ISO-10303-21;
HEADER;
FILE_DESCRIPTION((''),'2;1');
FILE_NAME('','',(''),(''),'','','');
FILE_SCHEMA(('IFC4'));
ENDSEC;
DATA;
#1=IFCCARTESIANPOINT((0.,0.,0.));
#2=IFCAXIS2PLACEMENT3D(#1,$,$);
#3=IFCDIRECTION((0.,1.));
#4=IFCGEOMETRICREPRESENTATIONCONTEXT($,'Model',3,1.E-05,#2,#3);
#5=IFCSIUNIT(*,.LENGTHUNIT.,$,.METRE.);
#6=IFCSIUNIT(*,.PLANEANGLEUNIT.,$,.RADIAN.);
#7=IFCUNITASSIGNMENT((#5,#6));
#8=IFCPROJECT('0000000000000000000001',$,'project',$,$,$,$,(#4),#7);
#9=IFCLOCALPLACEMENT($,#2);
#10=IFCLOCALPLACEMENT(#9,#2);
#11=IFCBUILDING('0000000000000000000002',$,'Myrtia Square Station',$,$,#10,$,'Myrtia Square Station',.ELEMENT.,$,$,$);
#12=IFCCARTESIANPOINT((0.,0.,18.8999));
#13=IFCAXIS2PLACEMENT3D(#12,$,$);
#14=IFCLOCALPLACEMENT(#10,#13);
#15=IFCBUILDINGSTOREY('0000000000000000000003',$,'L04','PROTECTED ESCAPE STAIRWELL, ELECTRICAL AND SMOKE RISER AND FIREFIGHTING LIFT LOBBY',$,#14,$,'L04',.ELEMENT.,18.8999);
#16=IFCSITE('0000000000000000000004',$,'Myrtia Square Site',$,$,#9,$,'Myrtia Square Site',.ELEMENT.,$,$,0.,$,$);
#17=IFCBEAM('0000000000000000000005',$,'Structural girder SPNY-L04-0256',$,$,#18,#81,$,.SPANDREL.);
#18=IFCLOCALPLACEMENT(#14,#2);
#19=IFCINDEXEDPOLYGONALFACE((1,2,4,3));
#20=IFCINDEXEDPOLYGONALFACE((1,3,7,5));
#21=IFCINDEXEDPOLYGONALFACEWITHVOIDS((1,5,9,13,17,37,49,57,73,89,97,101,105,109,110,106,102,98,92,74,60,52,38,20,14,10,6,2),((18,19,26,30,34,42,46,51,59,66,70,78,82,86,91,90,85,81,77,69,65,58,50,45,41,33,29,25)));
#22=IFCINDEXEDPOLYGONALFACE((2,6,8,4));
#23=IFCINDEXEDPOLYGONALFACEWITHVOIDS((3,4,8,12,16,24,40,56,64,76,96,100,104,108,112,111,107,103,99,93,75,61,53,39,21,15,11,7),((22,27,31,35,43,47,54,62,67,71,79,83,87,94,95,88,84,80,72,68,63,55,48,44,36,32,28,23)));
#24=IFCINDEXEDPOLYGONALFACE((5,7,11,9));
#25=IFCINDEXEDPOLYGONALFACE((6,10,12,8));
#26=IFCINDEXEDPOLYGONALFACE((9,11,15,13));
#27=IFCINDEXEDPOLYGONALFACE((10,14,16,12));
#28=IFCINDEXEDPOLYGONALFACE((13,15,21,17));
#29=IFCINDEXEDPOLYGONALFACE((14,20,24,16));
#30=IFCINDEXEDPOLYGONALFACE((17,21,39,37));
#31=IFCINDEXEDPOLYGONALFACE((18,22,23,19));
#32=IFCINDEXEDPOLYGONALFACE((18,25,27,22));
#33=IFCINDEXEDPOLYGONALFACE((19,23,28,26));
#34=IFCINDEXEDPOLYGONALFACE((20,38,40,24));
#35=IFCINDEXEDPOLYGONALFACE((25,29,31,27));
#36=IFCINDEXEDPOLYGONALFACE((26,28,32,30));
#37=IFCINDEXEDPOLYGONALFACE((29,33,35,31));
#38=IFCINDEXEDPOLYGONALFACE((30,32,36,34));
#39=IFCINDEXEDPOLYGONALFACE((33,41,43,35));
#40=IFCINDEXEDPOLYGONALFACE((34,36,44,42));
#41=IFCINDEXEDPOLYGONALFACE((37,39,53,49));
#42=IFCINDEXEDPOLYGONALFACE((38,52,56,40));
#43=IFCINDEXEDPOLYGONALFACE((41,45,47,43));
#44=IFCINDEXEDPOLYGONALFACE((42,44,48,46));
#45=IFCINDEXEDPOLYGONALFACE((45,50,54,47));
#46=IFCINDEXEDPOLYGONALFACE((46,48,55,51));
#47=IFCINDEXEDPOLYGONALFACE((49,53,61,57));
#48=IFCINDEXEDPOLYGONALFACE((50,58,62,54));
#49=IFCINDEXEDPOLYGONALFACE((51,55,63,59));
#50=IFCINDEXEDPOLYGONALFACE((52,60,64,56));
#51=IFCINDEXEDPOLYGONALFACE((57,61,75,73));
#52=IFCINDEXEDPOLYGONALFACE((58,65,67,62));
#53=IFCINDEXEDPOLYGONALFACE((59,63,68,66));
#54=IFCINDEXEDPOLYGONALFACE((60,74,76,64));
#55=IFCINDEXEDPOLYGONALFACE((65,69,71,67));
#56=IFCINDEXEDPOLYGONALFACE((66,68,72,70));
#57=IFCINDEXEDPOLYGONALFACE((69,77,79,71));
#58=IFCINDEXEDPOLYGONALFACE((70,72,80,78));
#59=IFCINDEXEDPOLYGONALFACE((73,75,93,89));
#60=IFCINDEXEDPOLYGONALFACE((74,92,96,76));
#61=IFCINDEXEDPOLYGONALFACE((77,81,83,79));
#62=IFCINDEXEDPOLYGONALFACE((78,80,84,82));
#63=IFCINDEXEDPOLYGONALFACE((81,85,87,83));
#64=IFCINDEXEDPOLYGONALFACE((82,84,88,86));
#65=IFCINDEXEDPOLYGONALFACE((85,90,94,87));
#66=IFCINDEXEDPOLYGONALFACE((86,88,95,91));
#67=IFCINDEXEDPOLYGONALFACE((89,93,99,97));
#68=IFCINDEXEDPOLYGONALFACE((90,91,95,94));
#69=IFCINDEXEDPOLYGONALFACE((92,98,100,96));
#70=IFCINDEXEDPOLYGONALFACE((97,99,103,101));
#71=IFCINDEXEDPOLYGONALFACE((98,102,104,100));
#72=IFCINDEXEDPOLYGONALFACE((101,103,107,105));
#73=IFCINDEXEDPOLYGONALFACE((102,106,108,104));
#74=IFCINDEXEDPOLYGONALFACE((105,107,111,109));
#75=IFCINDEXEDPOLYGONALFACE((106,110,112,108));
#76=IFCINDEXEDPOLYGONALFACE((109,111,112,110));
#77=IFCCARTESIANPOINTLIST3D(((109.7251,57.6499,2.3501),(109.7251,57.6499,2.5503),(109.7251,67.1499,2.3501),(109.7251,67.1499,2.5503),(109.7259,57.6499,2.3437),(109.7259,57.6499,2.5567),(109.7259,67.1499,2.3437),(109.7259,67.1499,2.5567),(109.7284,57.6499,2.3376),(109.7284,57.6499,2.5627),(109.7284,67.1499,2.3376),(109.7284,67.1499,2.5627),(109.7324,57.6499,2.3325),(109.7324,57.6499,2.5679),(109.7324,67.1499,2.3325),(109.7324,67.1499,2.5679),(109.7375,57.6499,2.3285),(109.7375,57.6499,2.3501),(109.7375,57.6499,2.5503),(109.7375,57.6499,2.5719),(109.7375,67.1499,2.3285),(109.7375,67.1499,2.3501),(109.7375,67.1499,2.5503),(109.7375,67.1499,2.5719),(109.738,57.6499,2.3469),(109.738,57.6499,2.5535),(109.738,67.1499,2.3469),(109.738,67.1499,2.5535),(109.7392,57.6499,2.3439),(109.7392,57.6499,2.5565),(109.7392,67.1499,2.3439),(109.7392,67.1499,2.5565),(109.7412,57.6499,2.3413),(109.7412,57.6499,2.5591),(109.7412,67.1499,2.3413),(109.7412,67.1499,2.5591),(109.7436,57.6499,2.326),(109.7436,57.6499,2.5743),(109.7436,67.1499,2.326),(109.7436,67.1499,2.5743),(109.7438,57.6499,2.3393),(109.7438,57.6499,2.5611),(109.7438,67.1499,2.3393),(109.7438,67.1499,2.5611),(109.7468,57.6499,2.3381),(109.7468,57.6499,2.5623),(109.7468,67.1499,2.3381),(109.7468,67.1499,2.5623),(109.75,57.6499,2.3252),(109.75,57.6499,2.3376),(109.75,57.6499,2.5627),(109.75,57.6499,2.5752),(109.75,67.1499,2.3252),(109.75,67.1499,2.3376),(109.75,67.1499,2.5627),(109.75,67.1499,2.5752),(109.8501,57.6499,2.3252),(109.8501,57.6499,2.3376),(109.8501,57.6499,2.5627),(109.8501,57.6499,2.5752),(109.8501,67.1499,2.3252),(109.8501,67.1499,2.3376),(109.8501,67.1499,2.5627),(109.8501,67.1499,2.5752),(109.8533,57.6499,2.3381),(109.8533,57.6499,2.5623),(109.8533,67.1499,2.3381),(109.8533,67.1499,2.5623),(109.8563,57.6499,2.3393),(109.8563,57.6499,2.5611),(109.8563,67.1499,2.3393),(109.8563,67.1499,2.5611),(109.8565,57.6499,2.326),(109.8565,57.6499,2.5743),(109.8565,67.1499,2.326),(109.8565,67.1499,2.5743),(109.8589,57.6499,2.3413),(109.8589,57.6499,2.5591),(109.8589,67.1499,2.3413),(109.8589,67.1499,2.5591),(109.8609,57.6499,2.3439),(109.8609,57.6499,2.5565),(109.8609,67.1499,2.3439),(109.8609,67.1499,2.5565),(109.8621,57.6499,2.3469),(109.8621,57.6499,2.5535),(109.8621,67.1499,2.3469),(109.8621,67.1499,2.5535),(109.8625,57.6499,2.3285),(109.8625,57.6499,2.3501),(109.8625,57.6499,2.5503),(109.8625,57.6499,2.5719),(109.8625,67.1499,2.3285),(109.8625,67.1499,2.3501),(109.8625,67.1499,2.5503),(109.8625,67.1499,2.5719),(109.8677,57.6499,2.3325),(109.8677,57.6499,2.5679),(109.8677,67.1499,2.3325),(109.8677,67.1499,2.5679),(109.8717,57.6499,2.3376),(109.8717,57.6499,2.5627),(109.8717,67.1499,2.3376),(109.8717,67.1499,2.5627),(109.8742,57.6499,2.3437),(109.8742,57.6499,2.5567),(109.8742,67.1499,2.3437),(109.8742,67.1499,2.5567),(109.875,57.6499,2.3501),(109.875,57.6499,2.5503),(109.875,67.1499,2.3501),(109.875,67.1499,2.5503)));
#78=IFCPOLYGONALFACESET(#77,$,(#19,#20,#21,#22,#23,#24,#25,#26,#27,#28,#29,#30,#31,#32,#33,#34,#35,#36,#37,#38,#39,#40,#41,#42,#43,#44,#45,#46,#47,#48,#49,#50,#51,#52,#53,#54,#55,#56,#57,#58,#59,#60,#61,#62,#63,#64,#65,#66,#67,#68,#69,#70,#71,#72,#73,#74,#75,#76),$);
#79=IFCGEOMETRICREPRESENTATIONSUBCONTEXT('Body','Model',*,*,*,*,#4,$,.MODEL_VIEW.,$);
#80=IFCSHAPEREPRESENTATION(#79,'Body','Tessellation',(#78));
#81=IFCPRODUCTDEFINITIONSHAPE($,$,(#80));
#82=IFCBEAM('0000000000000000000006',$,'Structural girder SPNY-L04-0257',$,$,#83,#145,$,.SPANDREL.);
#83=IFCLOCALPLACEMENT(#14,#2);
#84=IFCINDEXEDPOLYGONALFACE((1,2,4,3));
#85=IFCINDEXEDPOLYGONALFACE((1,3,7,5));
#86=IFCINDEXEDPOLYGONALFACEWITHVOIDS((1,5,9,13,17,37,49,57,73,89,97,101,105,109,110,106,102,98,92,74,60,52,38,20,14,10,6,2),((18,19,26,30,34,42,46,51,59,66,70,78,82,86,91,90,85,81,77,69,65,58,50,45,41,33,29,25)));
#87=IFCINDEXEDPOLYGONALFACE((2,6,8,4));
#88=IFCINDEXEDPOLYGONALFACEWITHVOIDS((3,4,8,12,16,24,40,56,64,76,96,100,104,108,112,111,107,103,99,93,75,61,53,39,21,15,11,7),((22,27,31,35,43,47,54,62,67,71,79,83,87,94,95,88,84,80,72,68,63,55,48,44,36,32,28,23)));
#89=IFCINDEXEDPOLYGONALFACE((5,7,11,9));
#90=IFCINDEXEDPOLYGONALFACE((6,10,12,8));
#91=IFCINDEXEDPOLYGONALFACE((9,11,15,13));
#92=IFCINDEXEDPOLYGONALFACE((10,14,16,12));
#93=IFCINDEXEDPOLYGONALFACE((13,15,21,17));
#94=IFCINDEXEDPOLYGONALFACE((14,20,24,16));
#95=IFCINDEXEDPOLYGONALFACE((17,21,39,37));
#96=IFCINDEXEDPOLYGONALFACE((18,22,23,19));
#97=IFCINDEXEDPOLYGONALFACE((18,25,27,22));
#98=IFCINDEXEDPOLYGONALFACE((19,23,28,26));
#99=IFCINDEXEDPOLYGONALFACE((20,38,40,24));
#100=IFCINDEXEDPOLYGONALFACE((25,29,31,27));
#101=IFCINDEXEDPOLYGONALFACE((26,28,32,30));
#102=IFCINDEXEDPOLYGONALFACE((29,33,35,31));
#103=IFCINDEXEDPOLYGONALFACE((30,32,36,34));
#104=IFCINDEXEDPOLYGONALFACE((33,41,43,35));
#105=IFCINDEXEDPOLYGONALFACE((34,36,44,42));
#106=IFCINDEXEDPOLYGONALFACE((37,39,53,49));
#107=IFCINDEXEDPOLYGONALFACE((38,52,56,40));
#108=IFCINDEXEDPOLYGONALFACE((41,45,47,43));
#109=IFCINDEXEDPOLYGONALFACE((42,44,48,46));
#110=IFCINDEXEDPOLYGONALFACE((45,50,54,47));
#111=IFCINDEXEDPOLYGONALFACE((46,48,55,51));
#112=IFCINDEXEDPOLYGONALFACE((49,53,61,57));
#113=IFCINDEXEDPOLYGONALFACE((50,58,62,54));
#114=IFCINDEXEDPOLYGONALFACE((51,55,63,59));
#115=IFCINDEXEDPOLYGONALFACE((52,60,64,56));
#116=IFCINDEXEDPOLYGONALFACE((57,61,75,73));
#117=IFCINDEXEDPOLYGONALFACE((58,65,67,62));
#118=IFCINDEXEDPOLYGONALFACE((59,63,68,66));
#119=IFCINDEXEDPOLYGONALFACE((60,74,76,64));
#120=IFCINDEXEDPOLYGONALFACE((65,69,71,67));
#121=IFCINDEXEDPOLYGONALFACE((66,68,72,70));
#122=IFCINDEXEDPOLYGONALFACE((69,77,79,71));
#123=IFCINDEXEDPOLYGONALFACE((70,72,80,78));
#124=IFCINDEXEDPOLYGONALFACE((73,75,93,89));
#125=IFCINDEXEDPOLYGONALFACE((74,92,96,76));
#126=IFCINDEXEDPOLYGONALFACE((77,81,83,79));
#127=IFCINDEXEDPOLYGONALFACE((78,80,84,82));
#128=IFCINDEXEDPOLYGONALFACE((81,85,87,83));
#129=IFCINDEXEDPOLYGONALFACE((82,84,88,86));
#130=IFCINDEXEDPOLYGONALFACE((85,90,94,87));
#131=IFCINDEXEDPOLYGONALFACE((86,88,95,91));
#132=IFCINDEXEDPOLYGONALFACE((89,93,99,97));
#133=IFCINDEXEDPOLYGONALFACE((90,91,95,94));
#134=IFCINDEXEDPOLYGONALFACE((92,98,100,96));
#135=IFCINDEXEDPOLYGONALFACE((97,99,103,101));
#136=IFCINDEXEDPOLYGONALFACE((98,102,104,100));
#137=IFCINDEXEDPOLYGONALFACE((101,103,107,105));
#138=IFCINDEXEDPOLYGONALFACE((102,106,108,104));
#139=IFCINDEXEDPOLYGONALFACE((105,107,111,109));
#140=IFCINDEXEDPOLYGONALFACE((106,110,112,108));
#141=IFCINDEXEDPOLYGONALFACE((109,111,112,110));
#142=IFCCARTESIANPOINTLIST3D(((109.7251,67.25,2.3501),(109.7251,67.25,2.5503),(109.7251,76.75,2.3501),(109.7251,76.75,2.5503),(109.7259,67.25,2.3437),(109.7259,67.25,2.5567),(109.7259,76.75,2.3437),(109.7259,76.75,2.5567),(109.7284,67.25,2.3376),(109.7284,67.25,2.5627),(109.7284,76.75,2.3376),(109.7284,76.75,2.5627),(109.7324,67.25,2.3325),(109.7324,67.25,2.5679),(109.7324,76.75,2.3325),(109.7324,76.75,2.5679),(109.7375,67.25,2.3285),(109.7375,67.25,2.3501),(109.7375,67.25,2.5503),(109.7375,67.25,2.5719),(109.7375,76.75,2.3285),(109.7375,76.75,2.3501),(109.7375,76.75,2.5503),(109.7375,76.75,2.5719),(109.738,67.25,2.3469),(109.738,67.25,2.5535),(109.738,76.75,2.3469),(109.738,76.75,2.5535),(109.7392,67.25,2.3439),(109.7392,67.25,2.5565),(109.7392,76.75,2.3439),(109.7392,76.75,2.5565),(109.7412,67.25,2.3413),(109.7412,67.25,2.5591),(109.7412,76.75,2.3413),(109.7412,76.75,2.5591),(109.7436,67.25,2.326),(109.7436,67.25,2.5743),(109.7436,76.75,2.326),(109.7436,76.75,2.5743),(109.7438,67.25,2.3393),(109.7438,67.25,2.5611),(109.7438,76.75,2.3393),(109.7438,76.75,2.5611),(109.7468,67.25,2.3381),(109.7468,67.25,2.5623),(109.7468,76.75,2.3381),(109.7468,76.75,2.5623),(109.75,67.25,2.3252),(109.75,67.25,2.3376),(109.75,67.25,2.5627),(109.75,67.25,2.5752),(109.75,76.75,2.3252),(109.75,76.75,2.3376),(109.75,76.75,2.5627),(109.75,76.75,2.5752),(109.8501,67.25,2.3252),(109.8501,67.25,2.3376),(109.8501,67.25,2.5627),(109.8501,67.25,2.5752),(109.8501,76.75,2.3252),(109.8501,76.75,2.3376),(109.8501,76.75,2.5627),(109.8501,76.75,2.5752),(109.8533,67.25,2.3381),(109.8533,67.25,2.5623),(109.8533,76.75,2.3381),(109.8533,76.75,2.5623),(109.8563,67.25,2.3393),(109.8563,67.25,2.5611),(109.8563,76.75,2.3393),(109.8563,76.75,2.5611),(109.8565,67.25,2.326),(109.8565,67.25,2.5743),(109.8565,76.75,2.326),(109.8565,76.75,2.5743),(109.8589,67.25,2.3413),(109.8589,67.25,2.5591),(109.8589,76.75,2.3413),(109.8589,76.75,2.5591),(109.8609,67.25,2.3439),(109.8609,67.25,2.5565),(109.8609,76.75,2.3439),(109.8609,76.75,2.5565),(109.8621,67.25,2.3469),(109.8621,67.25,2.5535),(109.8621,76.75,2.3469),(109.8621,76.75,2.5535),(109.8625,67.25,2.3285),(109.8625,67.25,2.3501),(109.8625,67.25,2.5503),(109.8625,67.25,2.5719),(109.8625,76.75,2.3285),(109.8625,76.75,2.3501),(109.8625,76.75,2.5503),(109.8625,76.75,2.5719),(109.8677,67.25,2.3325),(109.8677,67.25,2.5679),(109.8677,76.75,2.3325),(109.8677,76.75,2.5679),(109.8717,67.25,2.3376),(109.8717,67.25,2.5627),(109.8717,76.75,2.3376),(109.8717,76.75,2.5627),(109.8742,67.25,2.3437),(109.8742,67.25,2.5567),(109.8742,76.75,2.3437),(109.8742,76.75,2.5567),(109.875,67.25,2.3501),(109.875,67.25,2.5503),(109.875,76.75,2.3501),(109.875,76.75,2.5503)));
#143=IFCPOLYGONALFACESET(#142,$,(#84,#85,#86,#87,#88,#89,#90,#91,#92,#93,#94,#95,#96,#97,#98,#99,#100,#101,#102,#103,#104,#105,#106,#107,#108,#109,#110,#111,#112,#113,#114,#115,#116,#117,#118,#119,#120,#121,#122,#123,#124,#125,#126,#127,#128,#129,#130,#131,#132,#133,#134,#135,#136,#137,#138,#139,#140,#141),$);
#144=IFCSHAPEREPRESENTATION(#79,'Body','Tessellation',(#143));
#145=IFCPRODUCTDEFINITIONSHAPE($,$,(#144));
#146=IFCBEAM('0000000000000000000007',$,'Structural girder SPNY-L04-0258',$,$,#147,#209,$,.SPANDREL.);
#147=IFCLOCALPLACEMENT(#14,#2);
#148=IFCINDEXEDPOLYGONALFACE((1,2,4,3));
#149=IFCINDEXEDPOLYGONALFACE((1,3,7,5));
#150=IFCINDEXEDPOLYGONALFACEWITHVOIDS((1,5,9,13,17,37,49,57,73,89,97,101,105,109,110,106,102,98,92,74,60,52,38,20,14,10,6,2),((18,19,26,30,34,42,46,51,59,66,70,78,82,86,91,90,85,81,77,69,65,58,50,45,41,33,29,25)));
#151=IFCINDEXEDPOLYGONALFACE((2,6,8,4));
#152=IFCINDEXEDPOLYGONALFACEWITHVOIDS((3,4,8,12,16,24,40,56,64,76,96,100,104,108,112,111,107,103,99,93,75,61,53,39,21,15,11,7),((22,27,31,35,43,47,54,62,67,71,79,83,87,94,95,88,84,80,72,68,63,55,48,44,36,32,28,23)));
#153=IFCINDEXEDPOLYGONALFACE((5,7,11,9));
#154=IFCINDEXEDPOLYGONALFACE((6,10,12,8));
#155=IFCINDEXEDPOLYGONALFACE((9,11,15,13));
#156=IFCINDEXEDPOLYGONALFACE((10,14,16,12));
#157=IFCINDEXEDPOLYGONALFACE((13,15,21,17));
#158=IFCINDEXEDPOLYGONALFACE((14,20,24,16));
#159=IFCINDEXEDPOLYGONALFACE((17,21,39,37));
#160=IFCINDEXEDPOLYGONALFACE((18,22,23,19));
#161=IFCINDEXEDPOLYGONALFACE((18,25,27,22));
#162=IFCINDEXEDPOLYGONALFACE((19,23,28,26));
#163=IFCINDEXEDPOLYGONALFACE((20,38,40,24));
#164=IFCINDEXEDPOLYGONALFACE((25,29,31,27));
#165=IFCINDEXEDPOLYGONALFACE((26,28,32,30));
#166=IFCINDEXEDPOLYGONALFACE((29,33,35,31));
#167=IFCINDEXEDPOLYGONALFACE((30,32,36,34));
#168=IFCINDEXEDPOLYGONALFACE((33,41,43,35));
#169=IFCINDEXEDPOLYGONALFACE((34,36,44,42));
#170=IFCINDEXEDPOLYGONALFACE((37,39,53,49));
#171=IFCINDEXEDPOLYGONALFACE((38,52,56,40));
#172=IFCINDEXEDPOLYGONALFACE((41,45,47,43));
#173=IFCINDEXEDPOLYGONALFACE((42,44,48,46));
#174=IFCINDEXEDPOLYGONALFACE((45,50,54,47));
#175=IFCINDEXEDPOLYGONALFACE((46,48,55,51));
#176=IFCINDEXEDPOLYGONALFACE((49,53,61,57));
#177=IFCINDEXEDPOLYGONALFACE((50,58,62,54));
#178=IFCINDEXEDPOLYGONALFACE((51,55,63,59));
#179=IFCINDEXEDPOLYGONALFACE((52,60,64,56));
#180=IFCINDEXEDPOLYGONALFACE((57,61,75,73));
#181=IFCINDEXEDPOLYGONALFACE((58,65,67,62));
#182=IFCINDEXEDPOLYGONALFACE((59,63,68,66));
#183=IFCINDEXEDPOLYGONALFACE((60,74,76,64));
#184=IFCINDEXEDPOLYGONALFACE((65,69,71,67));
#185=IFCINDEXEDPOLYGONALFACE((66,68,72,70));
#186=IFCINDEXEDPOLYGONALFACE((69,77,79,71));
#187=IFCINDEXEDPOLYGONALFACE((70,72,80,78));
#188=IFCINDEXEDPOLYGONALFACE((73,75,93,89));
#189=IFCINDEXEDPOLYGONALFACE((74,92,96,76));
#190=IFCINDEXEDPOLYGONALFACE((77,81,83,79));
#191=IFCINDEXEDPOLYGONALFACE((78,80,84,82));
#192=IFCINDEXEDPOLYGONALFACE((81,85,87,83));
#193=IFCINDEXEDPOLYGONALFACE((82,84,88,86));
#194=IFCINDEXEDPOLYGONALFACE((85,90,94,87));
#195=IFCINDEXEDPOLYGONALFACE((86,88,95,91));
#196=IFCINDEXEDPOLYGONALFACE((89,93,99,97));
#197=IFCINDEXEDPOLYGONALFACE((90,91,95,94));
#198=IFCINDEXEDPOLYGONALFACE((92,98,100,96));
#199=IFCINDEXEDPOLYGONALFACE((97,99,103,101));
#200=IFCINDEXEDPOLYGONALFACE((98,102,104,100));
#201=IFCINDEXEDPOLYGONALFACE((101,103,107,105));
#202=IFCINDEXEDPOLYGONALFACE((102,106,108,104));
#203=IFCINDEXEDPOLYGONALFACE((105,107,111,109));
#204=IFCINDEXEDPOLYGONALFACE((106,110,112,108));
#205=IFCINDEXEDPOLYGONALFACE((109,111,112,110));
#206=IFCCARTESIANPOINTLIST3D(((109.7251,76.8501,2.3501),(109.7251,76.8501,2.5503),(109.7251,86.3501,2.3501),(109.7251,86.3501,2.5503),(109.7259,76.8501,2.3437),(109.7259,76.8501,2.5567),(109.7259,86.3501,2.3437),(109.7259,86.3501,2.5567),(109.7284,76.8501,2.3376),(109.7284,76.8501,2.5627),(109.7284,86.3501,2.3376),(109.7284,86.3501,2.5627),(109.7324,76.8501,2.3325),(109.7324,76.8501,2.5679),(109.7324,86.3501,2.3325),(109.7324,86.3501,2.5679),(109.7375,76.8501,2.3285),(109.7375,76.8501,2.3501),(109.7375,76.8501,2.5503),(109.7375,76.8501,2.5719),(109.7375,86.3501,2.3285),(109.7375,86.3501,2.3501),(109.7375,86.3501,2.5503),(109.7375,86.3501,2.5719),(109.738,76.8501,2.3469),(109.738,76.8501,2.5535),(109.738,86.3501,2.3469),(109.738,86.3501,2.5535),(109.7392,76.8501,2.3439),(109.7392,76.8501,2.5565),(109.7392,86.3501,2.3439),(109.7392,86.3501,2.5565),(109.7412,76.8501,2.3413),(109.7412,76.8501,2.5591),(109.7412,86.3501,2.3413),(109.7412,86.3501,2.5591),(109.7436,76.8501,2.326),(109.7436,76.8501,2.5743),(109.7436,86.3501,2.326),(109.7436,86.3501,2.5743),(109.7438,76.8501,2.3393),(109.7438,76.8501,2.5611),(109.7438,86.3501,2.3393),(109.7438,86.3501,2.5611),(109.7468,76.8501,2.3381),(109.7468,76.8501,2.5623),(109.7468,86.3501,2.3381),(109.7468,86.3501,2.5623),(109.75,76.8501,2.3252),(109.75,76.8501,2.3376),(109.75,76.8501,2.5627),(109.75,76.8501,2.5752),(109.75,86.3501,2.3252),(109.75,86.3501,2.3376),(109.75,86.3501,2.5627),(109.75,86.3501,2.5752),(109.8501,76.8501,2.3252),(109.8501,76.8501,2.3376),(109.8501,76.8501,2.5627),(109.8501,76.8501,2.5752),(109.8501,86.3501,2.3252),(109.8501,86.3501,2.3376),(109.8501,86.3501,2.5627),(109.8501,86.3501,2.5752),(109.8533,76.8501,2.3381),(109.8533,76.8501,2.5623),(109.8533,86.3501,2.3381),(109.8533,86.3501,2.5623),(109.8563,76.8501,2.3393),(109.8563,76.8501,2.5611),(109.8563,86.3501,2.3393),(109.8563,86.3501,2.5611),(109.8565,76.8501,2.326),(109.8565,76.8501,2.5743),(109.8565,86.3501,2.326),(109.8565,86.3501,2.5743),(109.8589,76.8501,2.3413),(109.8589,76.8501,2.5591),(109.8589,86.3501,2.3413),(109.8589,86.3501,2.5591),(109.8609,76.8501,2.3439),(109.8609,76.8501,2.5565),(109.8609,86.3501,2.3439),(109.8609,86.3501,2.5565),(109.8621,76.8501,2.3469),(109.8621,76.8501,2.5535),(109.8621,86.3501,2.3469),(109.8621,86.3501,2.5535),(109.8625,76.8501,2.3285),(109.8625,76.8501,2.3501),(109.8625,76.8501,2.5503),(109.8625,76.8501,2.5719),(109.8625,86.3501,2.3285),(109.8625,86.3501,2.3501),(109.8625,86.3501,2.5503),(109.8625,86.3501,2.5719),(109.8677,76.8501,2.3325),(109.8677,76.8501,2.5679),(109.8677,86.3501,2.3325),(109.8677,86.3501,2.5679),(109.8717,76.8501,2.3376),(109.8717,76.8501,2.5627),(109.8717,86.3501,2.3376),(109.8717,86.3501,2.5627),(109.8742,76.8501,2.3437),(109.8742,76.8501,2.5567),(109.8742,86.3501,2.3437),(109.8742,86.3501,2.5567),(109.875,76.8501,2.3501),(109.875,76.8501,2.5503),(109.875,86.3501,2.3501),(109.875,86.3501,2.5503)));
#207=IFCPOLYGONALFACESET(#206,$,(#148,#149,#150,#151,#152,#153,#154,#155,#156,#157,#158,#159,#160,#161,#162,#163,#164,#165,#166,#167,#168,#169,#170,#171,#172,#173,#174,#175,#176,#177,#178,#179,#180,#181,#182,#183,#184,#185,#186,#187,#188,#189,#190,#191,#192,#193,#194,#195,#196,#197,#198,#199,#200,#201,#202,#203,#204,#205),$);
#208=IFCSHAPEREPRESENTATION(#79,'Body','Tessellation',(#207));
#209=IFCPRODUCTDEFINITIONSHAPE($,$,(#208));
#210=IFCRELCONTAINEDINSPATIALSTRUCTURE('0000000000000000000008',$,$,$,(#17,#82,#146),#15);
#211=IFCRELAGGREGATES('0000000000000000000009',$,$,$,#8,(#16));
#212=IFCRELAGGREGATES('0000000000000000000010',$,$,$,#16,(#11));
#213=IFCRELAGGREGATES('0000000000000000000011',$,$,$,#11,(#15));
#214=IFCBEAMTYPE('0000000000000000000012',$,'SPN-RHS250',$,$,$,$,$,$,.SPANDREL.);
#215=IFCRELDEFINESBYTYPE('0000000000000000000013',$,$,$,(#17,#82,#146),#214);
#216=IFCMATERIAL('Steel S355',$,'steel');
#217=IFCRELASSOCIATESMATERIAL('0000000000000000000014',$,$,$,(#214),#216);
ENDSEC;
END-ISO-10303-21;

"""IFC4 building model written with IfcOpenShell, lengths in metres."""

from ifc_helpers import new_model, si_unit, direction, frame, origin, origin_2d, place, context, subcontext, project, spatial, hollow_rectangle, extrude, material, material_profile, profile_set, type_object, element, save


model = new_model("IFC4")

# Units and contexts
model_context = context("Model", 3, precision=1e-05, world=origin(), true_north=direction((0.0, 1.0)))
body_context = subcontext(model_context, "Body", "Model", "MODEL_VIEW")
ifc_project = project(units=[si_unit("LENGTHUNIT", "METRE"), si_unit("PLANEANGLEUNIT", "RADIAN")], contexts=[model_context])

# Site, building, storey
site_placement = place(None, origin())
site = spatial("IfcSite", under=ifc_project, at=site_placement, Name="Myrtia Square Site", LongName="Myrtia Square Site", CompositionType="ELEMENT", RefElevation=0.0)
building_placement = place(site_placement, origin())
building = spatial("IfcBuilding", under=site, at=building_placement, Name="Myrtia Square Station", LongName="Myrtia Square Station", CompositionType="ELEMENT")
storey_placement = place(building_placement, frame((0.0, 0.0, 18.8999)))
storey = spatial("IfcBuildingStorey", under=building, at=storey_placement, Name="L04", Description="PROTECTED ESCAPE STAIRWELL, ELECTRICAL AND SMOKE RISER AND FIREFIGHTING LIFT LOBBY", LongName="L04", CompositionType="ELEMENT", Elevation=18.8999)

# Shared definitions
ifc_material_1 = material(Name="Steel S355", Category="steel")

# Beams
ifc_material_profile_1 = material_profile(ifc_material_1, hollow_rectangle(XDim=0.1499, YDim=0.25, WallThickness=0.0125, InnerFilletRadius=0.0125, OuterFilletRadius=0.0249, at=origin_2d()), Name="RHS 250x150x12.5")
ifc_profile_set_1 = profile_set([ifc_material_profile_1], Name="Steel S355")
beam_type = type_object("IfcBeamType", Name="SPN-RHS250", PredefinedType="SPANDREL", material=ifc_profile_set_1)
for number, where, z_axis, x_axis, name in (
    (1, (109.8, 57.6499, 2.4502), (0.0, 1.0, 0.0), (-1.0, 0.0, 0.0), "Structural girder SPNY-L04-0256"),
    (2, (109.8, 67.25, 2.4502), (0.0, 1.0, 0.0), (-1.0, 0.0, 0.0), "Structural girder SPNY-L04-0257"),
    (3, (109.8, 76.8501, 2.4502), (0.0, 1.0, 0.0), (-1.0, 0.0, 0.0), "Structural girder SPNY-L04-0258"),
):
    element("IfcBeam", number, at=place(storey_placement, frame(where, z_axis=z_axis, x_axis=x_axis)), inside=storey, type_object=beam_type, Name=name, PredefinedType="SPANDREL", context=body_context, shape_type="SweptSolid", body=[
        extrude(hollow_rectangle(XDim=0.1499, YDim=0.25, WallThickness=0.0125, InnerFilletRadius=0.0125, OuterFilletRadius=0.0249, at=origin_2d()), origin(), (0.0, 0.0, 1.0), 9.5),
    ])

save(model, "model.ifc")
